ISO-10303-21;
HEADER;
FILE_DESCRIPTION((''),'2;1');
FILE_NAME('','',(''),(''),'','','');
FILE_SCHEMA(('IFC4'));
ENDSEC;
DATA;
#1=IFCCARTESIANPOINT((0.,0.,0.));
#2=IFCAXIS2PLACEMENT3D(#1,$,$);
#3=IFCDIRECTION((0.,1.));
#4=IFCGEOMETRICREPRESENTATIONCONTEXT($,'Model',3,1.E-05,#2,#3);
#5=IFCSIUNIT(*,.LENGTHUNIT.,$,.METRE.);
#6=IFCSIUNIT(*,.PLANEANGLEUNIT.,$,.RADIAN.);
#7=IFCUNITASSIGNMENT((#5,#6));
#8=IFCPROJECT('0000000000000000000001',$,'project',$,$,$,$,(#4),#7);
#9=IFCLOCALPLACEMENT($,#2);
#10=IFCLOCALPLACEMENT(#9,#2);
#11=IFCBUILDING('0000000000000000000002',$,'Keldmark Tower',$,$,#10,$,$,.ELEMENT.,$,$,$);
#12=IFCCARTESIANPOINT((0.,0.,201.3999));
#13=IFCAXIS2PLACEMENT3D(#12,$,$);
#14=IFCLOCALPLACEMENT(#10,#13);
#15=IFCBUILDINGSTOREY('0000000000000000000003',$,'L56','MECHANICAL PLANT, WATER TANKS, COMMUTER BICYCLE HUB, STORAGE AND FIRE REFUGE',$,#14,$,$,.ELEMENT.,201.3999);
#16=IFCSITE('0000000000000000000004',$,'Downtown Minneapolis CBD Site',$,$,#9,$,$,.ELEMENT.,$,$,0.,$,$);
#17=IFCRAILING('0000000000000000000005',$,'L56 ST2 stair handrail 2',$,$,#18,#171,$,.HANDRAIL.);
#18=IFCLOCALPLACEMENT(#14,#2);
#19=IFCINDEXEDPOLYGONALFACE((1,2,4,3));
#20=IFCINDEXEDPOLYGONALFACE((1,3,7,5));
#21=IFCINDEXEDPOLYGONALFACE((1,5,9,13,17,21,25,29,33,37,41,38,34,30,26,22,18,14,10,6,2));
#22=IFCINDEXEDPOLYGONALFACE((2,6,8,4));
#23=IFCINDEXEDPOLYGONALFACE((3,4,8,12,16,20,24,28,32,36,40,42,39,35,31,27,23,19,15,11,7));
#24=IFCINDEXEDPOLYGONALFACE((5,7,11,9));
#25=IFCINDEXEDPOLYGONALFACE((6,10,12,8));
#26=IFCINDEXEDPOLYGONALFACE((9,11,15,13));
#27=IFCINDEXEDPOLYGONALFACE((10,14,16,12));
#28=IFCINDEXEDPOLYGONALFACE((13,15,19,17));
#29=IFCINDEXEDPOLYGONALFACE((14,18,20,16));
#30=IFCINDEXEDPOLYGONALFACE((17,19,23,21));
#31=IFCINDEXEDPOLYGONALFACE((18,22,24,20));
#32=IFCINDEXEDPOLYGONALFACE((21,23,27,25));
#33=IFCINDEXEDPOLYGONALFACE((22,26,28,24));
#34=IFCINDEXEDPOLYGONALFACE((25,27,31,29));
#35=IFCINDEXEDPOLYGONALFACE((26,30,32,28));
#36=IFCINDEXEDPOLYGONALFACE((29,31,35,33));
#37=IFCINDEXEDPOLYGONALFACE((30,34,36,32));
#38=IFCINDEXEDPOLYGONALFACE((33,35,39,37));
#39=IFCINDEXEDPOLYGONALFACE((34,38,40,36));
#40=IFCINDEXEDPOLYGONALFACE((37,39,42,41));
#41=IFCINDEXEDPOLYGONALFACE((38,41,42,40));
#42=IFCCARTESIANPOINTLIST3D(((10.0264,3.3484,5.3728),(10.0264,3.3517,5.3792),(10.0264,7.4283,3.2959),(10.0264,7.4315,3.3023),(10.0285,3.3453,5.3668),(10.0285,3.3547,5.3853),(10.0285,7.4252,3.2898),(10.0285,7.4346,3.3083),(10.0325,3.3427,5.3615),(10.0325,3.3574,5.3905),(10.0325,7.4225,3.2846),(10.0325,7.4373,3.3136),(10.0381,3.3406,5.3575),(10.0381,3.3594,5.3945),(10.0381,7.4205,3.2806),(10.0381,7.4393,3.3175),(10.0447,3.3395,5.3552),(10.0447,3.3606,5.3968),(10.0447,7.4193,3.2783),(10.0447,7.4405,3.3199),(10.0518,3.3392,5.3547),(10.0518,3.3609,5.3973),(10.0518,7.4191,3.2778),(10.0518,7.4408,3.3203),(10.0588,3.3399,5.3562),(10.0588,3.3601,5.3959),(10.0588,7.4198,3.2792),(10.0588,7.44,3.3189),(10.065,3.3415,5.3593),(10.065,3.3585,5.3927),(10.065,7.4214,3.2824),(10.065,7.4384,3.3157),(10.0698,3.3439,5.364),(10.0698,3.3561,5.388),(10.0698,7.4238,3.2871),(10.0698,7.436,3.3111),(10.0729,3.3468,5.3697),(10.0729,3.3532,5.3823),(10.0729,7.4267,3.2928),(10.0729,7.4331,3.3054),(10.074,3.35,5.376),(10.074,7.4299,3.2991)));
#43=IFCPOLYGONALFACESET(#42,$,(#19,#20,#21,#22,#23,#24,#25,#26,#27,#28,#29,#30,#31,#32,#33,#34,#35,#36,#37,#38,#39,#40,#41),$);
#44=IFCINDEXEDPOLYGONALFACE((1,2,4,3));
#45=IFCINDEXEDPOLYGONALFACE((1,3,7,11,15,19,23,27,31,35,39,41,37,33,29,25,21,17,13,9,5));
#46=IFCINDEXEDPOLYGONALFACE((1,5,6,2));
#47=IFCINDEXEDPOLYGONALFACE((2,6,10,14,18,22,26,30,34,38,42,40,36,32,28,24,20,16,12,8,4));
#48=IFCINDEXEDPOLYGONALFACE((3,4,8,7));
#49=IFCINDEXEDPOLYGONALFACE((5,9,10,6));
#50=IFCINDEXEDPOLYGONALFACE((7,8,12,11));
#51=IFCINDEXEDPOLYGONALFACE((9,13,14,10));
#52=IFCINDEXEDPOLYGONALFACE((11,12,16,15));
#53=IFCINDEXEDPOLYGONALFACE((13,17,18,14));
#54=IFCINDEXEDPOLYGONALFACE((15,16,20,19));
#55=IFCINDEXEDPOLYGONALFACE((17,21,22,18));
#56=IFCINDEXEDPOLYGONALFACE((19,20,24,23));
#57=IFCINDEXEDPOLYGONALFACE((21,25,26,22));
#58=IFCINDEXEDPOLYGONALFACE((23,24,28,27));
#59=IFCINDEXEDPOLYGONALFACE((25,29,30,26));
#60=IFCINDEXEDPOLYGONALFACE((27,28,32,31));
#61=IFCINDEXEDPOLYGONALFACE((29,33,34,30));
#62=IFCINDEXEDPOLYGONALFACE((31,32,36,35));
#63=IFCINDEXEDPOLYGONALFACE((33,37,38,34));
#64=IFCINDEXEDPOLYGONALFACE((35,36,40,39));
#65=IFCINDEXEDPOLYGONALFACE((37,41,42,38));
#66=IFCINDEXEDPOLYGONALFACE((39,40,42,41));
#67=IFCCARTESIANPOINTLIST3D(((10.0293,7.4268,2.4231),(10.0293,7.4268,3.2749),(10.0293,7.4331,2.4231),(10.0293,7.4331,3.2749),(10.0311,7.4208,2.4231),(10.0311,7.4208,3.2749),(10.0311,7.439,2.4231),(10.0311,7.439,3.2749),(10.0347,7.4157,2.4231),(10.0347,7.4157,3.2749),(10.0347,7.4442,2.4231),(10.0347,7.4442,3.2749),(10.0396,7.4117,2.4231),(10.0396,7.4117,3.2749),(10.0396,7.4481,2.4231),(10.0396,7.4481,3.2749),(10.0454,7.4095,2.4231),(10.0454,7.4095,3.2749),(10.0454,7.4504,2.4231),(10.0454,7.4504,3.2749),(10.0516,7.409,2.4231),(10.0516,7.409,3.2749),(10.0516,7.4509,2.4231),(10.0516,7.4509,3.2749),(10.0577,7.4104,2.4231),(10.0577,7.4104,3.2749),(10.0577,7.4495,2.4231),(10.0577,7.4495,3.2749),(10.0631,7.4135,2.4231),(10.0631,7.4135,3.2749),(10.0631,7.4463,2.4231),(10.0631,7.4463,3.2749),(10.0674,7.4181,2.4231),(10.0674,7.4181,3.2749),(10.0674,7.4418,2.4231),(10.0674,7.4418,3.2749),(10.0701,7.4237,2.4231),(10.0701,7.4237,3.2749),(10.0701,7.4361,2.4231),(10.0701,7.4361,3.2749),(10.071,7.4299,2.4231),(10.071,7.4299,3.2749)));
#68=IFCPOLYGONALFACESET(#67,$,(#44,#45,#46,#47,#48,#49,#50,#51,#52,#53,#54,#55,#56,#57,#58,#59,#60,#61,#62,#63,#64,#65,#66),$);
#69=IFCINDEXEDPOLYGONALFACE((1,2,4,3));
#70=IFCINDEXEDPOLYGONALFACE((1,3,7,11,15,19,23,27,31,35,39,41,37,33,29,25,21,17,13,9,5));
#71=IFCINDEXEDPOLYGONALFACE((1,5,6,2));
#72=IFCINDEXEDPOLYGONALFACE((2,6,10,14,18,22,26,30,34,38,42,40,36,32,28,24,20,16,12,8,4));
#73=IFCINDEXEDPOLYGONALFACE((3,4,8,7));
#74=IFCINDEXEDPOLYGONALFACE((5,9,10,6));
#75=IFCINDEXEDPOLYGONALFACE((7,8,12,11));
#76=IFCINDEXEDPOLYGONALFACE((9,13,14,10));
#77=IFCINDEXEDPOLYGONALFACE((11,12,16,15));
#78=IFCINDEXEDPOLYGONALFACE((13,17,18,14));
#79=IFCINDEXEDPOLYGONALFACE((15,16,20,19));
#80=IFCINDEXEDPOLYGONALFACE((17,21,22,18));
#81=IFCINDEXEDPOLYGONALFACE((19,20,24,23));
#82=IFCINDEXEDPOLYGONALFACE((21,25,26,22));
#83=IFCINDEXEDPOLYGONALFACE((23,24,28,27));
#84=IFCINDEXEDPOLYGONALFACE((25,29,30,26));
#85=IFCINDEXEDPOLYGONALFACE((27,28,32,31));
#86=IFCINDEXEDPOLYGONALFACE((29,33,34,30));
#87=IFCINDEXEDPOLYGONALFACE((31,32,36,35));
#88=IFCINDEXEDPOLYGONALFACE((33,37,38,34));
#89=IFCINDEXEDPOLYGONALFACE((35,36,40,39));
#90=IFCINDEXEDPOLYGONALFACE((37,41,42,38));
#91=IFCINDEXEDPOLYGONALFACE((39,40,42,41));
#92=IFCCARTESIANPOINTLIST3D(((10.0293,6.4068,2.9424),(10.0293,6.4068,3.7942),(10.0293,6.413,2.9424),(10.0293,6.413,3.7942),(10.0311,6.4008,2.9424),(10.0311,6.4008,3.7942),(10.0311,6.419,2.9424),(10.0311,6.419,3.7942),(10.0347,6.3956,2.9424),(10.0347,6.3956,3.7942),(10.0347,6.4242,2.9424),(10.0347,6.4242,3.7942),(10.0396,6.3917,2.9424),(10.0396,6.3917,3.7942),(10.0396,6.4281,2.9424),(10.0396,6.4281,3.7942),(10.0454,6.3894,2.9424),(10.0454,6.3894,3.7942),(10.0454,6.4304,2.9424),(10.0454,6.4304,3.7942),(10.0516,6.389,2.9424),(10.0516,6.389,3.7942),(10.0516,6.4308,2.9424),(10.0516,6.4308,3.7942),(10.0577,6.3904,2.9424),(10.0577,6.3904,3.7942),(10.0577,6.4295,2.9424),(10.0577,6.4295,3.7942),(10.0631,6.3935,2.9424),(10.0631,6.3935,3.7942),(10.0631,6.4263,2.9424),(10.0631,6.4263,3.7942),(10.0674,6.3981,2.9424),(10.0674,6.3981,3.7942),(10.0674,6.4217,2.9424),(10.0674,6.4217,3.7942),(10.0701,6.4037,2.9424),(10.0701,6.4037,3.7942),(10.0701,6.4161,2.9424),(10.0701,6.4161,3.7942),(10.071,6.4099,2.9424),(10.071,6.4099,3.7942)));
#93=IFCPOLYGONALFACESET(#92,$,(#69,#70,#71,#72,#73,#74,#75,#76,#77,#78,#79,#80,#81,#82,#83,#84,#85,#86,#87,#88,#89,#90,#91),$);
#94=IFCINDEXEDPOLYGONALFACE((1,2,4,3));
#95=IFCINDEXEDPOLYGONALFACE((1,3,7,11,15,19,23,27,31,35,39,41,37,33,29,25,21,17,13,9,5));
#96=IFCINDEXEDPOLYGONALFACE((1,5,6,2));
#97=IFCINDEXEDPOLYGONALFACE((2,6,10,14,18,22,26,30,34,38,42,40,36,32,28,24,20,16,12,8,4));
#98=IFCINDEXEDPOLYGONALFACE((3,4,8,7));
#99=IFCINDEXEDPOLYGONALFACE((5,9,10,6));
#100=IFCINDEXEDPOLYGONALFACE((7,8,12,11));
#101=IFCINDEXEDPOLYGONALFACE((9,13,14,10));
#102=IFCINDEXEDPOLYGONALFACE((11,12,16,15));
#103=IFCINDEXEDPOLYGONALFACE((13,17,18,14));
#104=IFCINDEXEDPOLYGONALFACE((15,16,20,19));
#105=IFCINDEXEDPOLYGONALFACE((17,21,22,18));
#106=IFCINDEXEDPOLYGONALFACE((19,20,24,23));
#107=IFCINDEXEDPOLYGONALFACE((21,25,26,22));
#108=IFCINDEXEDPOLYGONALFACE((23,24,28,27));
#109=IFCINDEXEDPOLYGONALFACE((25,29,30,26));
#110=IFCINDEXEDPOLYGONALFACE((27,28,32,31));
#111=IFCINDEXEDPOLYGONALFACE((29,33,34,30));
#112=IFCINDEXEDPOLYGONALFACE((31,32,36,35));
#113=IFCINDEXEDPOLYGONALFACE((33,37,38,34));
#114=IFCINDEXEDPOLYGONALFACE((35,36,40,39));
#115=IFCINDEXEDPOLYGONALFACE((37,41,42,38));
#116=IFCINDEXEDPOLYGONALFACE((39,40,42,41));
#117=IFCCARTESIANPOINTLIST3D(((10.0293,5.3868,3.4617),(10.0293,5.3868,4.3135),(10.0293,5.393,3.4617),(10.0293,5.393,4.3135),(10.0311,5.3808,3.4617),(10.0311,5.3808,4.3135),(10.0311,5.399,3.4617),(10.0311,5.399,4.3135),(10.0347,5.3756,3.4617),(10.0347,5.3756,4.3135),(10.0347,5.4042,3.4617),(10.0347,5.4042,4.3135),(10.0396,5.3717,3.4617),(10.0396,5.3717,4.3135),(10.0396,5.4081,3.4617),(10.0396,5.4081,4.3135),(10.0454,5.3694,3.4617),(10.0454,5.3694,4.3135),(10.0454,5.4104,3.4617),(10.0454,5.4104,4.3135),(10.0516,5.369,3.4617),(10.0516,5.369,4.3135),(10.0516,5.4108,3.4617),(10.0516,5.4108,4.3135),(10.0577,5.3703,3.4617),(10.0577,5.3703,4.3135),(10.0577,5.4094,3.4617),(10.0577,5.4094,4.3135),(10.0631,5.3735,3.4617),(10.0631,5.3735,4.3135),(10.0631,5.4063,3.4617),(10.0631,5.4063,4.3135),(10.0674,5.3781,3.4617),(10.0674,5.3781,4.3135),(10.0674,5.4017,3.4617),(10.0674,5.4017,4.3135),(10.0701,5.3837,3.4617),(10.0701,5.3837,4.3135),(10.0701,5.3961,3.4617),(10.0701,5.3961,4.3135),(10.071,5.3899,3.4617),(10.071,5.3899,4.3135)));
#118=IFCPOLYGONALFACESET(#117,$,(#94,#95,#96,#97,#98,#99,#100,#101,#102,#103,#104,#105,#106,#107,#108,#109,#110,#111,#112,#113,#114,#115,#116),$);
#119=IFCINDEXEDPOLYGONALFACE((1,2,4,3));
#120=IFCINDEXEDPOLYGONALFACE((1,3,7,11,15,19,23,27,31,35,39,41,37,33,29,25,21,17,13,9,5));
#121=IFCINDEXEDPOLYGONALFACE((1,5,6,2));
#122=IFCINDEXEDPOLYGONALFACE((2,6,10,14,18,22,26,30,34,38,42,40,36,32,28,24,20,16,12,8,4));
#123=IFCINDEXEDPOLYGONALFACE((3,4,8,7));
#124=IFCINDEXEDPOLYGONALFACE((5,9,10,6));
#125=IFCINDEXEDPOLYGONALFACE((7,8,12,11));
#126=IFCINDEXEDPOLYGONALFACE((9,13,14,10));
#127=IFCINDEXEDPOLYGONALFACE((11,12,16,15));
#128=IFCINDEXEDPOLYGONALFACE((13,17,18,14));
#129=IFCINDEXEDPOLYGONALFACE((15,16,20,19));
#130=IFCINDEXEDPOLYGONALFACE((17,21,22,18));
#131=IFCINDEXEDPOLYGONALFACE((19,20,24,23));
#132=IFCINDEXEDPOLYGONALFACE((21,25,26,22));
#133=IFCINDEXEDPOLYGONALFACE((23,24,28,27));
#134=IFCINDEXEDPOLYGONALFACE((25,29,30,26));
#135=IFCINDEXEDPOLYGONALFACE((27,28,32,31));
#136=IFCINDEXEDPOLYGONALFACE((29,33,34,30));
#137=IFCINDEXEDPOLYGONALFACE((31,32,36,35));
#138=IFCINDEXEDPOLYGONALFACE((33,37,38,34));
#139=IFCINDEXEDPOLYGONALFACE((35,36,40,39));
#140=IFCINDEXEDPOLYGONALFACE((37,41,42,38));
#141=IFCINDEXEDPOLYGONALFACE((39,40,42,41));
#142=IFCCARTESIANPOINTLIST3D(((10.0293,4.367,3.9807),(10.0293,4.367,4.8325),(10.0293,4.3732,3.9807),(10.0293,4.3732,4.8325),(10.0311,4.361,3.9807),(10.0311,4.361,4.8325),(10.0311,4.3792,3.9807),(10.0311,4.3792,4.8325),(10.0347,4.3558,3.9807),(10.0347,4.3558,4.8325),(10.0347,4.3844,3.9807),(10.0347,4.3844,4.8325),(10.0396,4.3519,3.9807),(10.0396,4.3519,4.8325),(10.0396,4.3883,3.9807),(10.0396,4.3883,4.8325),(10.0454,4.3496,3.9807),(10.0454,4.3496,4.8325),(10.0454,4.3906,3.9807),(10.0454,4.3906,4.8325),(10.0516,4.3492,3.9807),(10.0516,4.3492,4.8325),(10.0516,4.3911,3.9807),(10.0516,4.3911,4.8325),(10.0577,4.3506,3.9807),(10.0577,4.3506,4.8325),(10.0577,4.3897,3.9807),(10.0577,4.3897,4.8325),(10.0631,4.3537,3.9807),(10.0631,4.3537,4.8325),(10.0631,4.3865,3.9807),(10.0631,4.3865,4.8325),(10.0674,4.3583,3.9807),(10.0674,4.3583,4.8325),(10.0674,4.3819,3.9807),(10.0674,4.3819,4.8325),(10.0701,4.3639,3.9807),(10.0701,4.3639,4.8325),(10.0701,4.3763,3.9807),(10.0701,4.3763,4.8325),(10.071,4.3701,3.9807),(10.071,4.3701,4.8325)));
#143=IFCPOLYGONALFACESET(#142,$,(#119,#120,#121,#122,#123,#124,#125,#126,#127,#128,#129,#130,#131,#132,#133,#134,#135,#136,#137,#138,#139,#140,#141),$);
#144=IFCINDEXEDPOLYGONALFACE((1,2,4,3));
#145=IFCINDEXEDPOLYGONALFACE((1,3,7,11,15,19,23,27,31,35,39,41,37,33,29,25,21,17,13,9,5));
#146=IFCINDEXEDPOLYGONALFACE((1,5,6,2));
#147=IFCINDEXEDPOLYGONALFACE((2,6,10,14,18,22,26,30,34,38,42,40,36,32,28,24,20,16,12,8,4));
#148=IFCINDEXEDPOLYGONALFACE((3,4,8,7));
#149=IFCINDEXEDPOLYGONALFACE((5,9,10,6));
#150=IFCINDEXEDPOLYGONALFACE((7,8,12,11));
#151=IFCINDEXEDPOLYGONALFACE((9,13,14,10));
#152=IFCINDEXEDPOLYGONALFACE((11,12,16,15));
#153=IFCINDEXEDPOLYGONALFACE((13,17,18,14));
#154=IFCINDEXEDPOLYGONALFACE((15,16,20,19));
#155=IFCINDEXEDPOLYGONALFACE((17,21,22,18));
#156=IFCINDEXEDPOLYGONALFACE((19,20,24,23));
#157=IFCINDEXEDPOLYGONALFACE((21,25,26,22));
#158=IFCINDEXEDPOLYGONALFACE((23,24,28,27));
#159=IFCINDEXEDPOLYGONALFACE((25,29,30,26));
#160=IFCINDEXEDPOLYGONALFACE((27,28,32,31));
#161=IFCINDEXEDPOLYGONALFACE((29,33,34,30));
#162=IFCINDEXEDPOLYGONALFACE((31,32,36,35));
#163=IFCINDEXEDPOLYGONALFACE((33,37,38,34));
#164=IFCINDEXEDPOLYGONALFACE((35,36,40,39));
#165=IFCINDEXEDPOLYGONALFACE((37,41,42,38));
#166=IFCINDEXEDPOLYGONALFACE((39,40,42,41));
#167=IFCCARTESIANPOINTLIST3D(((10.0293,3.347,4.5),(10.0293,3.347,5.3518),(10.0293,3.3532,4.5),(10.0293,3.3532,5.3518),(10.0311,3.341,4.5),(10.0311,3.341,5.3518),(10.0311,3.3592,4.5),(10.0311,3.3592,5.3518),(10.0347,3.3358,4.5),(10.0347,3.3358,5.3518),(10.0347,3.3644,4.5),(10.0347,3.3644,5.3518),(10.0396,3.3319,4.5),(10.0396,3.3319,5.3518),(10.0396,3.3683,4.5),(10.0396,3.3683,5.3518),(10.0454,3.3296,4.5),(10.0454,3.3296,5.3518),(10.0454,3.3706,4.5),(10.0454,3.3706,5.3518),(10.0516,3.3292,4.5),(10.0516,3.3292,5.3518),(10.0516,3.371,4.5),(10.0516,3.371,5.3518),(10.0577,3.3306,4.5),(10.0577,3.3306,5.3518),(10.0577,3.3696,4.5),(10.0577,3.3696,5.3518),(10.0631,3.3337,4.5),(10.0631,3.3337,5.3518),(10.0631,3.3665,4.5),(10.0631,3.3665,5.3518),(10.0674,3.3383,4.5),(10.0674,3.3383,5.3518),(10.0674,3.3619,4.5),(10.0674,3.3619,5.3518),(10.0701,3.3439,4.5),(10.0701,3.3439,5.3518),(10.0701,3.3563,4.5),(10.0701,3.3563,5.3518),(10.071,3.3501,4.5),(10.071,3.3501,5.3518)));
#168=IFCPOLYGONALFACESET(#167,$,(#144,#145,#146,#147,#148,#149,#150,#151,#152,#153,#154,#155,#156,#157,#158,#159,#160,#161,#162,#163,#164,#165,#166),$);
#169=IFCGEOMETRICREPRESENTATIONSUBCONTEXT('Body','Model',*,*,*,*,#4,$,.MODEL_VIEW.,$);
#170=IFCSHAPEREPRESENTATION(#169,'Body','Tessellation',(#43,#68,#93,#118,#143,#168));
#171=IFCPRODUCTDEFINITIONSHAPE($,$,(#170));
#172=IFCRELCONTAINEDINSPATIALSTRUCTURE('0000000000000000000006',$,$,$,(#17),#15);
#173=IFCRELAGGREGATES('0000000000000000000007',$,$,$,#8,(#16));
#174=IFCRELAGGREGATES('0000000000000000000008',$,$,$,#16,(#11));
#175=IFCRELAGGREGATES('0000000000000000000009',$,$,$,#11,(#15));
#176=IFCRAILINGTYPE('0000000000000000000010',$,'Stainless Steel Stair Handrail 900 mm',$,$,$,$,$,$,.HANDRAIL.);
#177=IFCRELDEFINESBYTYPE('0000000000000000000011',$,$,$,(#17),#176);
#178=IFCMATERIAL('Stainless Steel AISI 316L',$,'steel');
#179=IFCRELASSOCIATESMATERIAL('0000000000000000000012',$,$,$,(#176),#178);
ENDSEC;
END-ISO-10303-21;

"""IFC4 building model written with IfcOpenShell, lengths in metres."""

from ifc_helpers import new_model, si_unit, direction, frame, origin, origin_2d, place, context, subcontext, project, spatial, circle, extrude, material, type_object, element, save


model = new_model("IFC4")

# Units and contexts
model_context = context("Model", 3, precision=1e-05, world=origin(), true_north=direction((0.0, 1.0)))
body_context = subcontext(model_context, "Body", "Model", "MODEL_VIEW")
ifc_project = project(units=[si_unit("LENGTHUNIT", "METRE"), si_unit("PLANEANGLEUNIT", "RADIAN")], contexts=[model_context])

# Site, building, storey
site_placement = place(None, origin())
site = spatial("IfcSite", under=ifc_project, at=site_placement, Name="Downtown Minneapolis CBD Site", CompositionType="ELEMENT", RefElevation=0.0)
building_placement = place(site_placement, origin())
building = spatial("IfcBuilding", under=site, at=building_placement, Name="Keldmark Tower", CompositionType="ELEMENT")
storey_placement = place(building_placement, frame((0.0, 0.0, 201.3999)))
storey = spatial("IfcBuildingStorey", under=building, at=storey_placement, Name="L56", Description="MECHANICAL PLANT, WATER TANKS, COMMUTER BICYCLE HUB, STORAGE AND FIRE REFUGE", CompositionType="ELEMENT", Elevation=201.3999)

# Railing
ifc_material_1 = material(Name="Stainless Steel AISI 316L", Category="steel")
railing_type_1 = type_object("IfcRailingType", Name="Stainless Steel Stair Handrail 900 mm", PredefinedType="HANDRAIL", material=ifc_material_1)
railing_1_placement = place(storey_placement, frame((10.05, 7.4299, 2.4231)))
element("IfcRailing", 1, at=railing_1_placement, inside=storey, type_object=railing_type_1, Name="L56 ST2 stair handrail 2", PredefinedType="HANDRAIL", context=body_context, shape_type="SweptSolid", body=[
    extrude(circle(Radius=0.0239, at=origin_2d()), frame((0.0, 0.0, 0.876), z_axis=(0.0, -0.891172, 0.453665), x_axis=(1.0, 0.0, 0.0)), (0.0, 0.0, 1.0), 4.5781),
    extrude(circle(Radius=0.021, at=origin_2d()), origin(), (0.0, 0.0, 1.0), 0.8518),
    extrude(circle(Radius=0.021, at=origin_2d()), frame((0.0, -1.02, 0.5193)), (0.0, 0.0, 1.0), 0.8518),
    extrude(circle(Radius=0.021, at=origin_2d()), frame((0.0, -2.04, 1.0386)), (0.0, 0.0, 1.0), 0.8518),
    extrude(circle(Radius=0.021, at=origin_2d()), frame((0.0, -3.0598, 1.5576)), (0.0, 0.0, 1.0), 0.8518),
    extrude(circle(Radius=0.021, at=origin_2d()), frame((0.0, -4.0798, 2.0769)), (0.0, 0.0, 1.0), 0.8518),
])

save(model, "model.ifc")
